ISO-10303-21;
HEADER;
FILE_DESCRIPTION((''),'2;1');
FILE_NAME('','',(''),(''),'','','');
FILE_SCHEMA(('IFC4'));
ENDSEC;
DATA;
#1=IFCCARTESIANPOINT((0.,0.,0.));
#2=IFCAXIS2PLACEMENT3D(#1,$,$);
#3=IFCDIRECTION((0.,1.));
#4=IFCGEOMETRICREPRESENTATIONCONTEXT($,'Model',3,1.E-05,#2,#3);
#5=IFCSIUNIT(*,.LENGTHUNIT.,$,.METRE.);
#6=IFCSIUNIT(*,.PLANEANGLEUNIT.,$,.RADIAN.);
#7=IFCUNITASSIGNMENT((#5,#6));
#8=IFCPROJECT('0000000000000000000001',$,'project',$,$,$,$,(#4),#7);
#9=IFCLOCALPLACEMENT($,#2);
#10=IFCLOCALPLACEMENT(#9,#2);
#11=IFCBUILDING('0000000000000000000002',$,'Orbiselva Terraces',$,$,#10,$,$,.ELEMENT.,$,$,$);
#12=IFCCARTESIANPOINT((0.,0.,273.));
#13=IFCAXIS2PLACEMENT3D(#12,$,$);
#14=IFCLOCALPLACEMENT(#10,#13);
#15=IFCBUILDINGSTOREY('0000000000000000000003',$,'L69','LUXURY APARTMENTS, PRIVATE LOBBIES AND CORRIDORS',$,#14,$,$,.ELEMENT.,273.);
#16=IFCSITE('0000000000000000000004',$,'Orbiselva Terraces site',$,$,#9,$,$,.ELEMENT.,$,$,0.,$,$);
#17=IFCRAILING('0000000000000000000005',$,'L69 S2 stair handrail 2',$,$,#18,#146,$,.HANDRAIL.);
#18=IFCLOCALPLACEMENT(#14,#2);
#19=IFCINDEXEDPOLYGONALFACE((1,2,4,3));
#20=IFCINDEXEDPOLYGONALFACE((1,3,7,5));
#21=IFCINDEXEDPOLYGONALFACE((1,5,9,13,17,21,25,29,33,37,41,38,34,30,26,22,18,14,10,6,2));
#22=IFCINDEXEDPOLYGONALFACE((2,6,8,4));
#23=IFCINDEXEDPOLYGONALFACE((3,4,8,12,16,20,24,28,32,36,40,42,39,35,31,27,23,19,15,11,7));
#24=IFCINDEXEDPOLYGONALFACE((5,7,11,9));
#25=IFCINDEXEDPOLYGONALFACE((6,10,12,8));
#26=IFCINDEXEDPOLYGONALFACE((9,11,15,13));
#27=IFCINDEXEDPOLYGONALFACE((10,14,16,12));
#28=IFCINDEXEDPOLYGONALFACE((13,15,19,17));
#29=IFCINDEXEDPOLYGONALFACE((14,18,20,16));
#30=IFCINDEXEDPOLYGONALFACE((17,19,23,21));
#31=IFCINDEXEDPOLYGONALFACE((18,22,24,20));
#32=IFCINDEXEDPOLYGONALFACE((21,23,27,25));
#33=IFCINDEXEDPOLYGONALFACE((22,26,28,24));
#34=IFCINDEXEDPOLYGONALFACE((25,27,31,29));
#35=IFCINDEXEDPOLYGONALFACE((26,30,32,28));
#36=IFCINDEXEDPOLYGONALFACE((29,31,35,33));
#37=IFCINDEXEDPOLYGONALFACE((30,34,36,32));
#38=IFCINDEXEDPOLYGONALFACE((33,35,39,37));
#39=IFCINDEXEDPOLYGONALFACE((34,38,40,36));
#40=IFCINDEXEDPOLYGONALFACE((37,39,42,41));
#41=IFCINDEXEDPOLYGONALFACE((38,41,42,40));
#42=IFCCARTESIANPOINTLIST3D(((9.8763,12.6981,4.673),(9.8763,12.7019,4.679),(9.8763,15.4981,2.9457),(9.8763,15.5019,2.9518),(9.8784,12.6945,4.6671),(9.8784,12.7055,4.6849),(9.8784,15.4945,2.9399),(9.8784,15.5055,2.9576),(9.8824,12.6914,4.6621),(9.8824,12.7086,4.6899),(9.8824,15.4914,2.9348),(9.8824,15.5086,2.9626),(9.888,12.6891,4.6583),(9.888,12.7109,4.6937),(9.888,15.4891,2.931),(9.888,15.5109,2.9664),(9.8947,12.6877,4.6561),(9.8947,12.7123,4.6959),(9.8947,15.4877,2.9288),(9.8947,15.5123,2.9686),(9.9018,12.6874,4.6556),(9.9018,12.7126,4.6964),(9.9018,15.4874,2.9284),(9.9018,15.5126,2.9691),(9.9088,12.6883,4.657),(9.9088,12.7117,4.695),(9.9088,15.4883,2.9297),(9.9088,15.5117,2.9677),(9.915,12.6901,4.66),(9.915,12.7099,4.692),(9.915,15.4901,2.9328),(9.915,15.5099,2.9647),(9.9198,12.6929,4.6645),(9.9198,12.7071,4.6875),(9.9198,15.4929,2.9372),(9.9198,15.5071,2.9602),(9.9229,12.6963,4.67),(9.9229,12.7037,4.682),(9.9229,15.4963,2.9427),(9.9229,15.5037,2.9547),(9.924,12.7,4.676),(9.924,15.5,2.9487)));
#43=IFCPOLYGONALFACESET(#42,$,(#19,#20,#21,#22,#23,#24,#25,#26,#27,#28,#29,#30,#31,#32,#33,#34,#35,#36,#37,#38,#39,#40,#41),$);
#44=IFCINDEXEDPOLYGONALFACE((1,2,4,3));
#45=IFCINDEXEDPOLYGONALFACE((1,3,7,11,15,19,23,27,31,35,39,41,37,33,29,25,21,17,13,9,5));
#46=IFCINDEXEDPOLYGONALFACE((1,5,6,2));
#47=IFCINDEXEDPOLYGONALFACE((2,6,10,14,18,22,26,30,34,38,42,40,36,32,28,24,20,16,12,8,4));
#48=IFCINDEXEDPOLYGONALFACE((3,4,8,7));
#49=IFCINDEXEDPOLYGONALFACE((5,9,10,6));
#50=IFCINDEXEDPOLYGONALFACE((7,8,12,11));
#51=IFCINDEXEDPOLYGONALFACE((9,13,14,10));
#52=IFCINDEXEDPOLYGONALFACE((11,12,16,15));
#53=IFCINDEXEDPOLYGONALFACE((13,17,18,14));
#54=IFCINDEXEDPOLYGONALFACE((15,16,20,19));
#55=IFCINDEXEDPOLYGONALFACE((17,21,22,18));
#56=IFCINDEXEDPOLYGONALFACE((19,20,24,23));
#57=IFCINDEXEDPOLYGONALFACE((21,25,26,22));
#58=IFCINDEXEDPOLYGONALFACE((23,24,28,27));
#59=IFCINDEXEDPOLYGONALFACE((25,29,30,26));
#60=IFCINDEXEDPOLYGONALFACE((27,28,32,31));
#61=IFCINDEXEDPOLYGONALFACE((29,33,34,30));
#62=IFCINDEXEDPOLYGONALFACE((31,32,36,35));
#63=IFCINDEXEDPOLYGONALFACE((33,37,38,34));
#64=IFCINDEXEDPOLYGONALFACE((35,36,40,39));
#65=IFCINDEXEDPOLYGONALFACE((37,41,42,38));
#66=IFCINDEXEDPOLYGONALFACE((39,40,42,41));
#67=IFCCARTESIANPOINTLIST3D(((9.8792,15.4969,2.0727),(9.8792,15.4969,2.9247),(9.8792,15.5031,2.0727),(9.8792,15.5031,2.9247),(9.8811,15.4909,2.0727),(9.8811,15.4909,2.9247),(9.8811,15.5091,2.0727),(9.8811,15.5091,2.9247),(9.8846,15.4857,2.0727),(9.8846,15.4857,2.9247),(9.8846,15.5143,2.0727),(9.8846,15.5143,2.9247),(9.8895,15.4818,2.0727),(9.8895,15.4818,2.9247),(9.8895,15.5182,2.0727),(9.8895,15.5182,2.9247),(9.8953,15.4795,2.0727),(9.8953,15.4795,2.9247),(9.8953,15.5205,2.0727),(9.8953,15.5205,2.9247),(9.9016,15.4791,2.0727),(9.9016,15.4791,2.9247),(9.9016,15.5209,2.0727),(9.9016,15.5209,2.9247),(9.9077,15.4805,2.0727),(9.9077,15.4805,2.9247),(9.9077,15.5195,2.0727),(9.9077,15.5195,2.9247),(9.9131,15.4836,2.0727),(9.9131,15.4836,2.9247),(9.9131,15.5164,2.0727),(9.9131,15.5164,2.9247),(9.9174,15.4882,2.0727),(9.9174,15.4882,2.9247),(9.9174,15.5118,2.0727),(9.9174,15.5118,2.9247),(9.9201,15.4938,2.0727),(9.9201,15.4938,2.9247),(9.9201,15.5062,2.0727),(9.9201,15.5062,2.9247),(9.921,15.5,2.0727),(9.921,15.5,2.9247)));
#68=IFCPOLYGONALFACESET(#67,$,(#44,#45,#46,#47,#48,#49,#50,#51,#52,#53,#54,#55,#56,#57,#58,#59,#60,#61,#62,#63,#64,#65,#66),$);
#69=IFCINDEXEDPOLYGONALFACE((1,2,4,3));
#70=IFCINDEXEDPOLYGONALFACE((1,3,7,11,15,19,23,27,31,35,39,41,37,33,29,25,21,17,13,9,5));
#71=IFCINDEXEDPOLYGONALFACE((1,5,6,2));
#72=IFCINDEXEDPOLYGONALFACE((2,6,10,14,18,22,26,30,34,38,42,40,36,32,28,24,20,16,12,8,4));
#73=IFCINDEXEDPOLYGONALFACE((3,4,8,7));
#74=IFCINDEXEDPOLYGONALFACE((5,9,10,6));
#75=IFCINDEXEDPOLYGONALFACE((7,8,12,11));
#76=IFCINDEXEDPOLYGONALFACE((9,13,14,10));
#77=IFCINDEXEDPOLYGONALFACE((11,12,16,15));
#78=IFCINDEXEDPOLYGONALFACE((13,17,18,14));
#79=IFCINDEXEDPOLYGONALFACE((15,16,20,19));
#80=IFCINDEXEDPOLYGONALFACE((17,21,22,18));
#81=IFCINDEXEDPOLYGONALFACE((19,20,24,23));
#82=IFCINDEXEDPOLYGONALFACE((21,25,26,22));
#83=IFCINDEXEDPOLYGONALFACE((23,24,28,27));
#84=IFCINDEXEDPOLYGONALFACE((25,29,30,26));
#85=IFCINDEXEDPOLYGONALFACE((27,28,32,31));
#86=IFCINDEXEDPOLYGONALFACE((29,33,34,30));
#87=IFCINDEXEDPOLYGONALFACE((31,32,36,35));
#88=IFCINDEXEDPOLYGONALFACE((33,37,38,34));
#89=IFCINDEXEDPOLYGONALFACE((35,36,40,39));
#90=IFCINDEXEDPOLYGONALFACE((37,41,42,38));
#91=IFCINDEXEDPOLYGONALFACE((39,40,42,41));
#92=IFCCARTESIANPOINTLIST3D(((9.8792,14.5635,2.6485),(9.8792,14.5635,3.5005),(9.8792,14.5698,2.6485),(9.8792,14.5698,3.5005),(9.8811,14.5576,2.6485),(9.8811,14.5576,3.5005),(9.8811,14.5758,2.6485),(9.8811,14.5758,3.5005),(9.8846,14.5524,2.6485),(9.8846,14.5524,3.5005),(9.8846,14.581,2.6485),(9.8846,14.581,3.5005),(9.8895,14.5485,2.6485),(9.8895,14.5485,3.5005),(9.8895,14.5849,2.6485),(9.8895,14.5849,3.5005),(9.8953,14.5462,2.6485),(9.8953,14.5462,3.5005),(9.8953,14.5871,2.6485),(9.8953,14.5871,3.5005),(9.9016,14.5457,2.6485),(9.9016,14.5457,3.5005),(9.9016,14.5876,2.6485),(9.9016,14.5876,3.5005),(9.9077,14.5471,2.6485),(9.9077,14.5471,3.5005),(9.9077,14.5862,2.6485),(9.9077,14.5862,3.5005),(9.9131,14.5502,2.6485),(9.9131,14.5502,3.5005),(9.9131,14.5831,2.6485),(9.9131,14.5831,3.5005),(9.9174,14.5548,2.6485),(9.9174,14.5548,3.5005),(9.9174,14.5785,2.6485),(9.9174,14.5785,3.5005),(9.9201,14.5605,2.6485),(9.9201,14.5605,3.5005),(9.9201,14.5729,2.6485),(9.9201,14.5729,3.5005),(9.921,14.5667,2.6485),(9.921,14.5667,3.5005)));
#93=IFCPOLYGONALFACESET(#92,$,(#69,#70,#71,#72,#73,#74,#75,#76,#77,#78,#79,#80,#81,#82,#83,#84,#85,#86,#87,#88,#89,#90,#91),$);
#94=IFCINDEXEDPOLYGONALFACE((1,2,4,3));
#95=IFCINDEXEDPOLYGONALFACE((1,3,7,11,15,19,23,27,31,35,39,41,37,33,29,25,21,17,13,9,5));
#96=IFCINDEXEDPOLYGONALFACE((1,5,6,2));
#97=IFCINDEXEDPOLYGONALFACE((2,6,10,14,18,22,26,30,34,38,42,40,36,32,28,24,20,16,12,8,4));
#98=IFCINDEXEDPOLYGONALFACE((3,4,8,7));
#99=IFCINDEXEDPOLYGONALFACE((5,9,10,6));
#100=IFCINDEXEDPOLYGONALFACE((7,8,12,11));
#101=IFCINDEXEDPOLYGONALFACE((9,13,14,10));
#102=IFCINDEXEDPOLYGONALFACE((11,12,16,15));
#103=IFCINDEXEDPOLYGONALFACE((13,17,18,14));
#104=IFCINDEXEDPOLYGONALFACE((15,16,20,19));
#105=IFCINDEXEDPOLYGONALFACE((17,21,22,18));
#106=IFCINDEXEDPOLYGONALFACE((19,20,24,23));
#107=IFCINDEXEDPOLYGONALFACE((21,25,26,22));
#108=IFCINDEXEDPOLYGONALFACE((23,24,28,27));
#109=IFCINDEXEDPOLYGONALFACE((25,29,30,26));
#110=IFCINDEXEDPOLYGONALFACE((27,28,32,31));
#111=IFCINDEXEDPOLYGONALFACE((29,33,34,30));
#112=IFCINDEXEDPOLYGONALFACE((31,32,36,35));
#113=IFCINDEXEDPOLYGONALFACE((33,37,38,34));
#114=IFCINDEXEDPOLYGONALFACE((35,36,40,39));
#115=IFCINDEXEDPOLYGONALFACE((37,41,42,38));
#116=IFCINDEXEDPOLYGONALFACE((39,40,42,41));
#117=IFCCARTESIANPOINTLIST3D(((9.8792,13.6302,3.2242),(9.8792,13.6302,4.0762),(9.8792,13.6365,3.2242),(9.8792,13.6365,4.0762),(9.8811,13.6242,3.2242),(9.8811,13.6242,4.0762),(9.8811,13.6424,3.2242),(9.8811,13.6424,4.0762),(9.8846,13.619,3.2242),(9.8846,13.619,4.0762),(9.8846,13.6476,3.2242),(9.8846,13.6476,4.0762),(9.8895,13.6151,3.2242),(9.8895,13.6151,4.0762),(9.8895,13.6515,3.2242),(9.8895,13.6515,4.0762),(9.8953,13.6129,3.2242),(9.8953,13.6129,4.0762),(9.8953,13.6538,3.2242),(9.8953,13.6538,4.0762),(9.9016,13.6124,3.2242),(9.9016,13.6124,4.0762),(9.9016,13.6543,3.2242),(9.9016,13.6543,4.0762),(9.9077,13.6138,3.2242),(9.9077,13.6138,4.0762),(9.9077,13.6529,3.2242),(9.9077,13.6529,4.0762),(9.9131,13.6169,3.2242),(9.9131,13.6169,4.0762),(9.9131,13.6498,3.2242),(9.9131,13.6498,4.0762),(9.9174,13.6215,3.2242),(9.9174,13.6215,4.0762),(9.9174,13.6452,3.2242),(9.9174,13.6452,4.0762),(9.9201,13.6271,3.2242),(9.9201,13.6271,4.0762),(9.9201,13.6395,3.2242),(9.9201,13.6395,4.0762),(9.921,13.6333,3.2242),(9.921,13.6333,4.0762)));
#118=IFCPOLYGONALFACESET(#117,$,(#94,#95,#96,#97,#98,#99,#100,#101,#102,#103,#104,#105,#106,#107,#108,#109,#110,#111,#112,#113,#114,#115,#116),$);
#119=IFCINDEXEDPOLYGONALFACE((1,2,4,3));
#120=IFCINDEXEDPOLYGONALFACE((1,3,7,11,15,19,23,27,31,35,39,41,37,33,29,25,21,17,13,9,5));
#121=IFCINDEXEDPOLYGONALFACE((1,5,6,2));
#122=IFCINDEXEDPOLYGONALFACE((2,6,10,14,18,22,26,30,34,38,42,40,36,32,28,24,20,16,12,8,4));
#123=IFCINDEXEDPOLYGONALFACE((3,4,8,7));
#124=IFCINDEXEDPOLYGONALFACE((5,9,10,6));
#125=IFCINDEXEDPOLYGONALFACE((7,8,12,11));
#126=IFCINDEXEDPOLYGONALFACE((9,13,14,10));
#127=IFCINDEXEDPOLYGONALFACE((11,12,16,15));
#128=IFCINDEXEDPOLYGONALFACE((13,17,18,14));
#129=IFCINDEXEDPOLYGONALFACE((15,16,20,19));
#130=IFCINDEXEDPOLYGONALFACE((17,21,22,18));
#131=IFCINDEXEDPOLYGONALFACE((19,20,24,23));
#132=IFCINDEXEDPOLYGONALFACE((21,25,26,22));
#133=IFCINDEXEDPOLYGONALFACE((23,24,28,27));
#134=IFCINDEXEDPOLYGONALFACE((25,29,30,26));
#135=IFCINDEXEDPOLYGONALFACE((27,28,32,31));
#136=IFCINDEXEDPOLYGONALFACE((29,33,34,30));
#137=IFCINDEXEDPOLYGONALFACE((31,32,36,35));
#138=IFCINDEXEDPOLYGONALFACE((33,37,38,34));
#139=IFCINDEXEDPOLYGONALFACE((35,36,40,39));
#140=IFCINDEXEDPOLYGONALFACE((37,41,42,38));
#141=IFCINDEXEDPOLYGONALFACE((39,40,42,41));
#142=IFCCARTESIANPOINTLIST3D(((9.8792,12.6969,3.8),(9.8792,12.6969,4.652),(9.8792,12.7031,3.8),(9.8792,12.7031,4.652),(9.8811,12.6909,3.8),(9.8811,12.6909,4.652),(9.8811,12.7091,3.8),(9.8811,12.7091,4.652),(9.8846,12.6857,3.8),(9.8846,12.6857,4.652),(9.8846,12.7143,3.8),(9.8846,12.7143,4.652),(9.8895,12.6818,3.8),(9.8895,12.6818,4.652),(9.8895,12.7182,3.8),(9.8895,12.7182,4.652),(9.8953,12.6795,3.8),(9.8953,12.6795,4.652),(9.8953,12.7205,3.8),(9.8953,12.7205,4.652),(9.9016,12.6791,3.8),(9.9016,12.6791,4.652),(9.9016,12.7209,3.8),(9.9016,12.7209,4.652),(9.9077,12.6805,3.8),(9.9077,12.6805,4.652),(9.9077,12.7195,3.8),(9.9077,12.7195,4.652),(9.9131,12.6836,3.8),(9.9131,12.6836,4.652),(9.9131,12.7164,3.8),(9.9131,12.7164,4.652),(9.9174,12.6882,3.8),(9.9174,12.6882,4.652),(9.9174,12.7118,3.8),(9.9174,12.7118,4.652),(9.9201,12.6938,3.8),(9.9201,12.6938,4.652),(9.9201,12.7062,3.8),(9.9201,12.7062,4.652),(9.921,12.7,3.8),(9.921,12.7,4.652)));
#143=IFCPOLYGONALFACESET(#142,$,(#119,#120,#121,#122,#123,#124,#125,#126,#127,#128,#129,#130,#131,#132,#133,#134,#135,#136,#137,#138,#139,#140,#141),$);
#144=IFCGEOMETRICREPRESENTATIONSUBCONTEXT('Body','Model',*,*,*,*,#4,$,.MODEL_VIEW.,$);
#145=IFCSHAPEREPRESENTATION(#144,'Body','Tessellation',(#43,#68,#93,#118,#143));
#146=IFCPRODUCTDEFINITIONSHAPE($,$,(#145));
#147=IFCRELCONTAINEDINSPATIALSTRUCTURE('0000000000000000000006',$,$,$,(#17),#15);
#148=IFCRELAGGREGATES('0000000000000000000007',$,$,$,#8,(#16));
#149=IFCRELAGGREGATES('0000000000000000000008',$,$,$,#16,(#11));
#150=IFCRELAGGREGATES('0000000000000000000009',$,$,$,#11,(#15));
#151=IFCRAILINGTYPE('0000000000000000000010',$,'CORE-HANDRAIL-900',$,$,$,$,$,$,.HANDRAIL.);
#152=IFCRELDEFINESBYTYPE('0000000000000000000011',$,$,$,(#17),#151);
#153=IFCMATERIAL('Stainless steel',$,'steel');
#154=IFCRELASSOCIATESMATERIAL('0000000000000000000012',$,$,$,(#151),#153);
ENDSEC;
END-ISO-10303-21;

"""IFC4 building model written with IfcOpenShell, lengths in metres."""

from ifc_helpers import new_model, si_unit, direction, frame, origin, origin_2d, place, context, subcontext, project, spatial, circle, extrude, material, type_object, element, save


model = new_model("IFC4")

# Units and contexts
model_context = context("Model", 3, precision=1e-05, world=origin(), true_north=direction((0.0, 1.0)))
body_context = subcontext(model_context, "Body", "Model", "MODEL_VIEW")
ifc_project = project(units=[si_unit("LENGTHUNIT", "METRE"), si_unit("PLANEANGLEUNIT", "RADIAN")], contexts=[model_context])

# Site, building, storey
site_placement = place(None, origin())
site = spatial("IfcSite", under=ifc_project, at=site_placement, Name="Orbiselva Terraces site", CompositionType="ELEMENT", RefElevation=0.0)
building_placement = place(site_placement, origin())
building = spatial("IfcBuilding", under=site, at=building_placement, Name="Orbiselva Terraces", CompositionType="ELEMENT")
storey_placement = place(building_placement, frame((0.0, 0.0, 273.0)))
storey = spatial("IfcBuildingStorey", under=building, at=storey_placement, Name="L69", Description="LUXURY APARTMENTS, PRIVATE LOBBIES AND CORRIDORS", CompositionType="ELEMENT", Elevation=273.0)

# Railing
ifc_material_1 = material(Name="Stainless steel", Category="steel")
railing_type = type_object("IfcRailingType", Name="CORE-HANDRAIL-900", PredefinedType="HANDRAIL", material=ifc_material_1)
railing_placement = place(storey_placement, frame((9.9, 15.5, 2.0727)))
element("IfcRailing", 1, at=railing_placement, inside=storey, type_object=railing_type, Name="L69 S2 stair handrail 2", PredefinedType="HANDRAIL", context=body_context, shape_type="SweptSolid", body=[
    extrude(circle(Radius=0.024, at=origin_2d()), frame((0.0, 0.0, 0.876), z_axis=(0.0, -0.851089, 0.525022), x_axis=(1.0, 0.0, 0.0)), (0.0, 0.0, 1.0), 3.2899),
    extrude(circle(Radius=0.021, at=origin_2d()), origin(), (0.0, 0.0, 1.0), 0.852),
    extrude(circle(Radius=0.021, at=origin_2d()), frame((0.0, -0.9333, 0.5758)), (0.0, 0.0, 1.0), 0.852),
    extrude(circle(Radius=0.021, at=origin_2d()), frame((0.0, -1.8667, 1.1515)), (0.0, 0.0, 1.0), 0.852),
    extrude(circle(Radius=0.021, at=origin_2d()), frame((0.0, -2.8, 1.7273)), (0.0, 0.0, 1.0), 0.852),
])

save(model, "model.ifc")
